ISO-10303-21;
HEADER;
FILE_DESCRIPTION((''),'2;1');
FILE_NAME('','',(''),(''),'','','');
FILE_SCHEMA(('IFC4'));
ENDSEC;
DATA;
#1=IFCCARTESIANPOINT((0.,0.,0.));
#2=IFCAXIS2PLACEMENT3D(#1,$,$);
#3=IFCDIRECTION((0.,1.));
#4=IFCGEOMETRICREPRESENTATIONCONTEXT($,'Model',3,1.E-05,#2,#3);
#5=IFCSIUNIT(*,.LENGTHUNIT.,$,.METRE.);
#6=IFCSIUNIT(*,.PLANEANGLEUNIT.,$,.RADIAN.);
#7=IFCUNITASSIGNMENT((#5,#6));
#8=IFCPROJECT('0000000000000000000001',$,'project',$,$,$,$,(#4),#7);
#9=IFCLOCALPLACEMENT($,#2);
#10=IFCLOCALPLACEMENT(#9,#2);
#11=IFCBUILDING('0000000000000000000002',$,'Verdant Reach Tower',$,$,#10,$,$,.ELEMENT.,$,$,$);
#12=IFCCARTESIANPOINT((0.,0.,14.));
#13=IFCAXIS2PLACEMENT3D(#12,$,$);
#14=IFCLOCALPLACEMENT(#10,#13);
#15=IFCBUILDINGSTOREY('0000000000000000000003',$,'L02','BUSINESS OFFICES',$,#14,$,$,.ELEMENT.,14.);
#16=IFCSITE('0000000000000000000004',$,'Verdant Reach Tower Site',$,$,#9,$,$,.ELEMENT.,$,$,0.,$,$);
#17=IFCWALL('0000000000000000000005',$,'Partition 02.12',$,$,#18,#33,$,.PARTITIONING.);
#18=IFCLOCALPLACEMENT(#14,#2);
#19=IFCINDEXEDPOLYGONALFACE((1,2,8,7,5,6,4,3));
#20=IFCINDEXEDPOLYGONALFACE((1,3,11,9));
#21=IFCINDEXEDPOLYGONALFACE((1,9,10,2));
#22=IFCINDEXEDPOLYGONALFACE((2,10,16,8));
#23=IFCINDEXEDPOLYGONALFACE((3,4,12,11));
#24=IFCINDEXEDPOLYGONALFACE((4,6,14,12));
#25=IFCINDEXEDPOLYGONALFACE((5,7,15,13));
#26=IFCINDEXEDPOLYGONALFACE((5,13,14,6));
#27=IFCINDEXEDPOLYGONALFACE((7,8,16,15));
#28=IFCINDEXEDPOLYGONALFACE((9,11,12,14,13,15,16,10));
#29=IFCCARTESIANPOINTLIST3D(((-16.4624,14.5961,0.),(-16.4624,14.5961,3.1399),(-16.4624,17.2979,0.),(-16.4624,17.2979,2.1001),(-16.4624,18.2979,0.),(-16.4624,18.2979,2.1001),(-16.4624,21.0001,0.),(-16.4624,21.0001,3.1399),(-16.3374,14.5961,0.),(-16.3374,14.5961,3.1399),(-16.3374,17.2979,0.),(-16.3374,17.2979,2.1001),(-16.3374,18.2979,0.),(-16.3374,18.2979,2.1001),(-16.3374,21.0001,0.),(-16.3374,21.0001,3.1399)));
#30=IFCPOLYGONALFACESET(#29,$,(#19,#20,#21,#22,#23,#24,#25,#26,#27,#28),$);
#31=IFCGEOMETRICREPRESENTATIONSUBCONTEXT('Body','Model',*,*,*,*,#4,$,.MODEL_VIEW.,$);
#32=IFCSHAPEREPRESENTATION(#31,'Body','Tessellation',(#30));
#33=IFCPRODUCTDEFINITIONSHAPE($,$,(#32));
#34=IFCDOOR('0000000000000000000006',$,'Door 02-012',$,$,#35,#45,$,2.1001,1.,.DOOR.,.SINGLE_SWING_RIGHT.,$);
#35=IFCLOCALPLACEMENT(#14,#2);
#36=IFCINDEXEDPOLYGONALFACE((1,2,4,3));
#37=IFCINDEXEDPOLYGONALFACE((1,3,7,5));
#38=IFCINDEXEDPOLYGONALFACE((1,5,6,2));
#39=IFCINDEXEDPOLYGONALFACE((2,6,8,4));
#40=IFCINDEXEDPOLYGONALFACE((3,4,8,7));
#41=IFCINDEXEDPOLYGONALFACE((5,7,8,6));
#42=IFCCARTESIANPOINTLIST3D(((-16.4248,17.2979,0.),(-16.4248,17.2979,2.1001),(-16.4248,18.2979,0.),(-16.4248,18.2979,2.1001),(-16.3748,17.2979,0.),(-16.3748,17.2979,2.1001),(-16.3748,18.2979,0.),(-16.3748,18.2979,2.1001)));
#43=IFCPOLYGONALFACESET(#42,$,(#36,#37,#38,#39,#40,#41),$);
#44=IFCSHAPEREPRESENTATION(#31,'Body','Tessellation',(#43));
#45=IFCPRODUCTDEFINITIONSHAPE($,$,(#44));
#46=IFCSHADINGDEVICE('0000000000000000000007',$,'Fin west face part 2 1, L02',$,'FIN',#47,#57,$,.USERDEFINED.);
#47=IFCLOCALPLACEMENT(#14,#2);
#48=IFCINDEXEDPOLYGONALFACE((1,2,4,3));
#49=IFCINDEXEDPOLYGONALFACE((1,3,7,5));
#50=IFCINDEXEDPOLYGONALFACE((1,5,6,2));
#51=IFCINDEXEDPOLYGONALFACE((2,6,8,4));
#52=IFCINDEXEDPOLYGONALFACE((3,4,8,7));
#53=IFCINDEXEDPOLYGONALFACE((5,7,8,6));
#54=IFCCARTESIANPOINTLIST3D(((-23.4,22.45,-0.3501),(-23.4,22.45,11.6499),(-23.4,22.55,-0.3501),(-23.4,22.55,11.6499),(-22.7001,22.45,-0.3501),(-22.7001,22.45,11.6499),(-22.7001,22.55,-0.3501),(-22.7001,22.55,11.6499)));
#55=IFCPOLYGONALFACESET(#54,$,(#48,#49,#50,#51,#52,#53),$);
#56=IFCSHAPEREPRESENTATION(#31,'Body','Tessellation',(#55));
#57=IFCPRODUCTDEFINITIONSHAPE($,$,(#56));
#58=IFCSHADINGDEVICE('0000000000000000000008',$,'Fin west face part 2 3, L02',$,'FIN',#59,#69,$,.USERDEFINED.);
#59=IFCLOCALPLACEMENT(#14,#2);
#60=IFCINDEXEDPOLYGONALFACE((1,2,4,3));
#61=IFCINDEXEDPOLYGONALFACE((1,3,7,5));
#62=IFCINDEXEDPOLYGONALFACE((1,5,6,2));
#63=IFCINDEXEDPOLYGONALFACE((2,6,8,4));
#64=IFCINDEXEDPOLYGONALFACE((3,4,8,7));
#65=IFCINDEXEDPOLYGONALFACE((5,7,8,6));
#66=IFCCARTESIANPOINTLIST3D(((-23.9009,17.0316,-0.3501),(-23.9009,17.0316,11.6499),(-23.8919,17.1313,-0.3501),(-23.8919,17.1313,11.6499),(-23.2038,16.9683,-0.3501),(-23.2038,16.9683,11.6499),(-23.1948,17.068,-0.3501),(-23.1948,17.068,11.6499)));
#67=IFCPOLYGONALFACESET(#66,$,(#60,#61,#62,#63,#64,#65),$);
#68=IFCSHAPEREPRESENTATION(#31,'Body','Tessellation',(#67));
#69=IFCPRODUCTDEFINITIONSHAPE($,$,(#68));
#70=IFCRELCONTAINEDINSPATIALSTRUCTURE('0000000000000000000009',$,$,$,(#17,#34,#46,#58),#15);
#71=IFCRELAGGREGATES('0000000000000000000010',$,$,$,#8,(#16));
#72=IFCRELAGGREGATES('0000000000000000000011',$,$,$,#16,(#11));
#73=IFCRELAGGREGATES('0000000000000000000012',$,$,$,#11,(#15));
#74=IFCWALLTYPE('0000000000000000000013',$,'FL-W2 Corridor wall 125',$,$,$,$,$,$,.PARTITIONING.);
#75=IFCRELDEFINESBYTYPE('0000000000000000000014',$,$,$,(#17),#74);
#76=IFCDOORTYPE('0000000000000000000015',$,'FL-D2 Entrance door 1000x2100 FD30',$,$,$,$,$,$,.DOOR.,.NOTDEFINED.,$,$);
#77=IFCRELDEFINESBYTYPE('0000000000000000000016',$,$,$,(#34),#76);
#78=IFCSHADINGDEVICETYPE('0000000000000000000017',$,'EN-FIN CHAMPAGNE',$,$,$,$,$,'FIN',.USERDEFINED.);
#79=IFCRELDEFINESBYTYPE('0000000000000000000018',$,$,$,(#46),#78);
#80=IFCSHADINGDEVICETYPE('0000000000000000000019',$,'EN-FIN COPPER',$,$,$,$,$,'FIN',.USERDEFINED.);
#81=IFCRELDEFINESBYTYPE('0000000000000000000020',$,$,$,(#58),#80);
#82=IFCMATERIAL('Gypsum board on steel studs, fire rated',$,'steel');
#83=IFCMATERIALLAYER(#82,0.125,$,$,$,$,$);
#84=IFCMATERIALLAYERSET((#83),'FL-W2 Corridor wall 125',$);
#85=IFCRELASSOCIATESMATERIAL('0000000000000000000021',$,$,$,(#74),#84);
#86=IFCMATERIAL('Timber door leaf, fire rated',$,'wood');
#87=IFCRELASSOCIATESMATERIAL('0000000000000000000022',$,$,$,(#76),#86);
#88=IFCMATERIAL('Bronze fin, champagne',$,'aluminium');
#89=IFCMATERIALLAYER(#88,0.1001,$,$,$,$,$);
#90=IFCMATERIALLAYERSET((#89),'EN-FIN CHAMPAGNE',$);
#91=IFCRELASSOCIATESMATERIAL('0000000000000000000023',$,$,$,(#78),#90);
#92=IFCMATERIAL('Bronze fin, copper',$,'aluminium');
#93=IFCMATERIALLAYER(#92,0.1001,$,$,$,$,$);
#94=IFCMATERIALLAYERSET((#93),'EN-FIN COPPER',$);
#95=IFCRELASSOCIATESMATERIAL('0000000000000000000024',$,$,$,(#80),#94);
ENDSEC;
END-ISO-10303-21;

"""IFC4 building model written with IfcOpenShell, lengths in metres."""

from ifc_helpers import new_model, si_unit, direction, frame, frame_2d, origin, origin_2d, place, context, subcontext, project, spatial, rectangle, extrude, material, layer, layer_set, type_object, element, fill, save


model = new_model("IFC4")

# Units and contexts
model_context = context("Model", 3, precision=1e-05, world=origin(), true_north=direction((0.0, 1.0)))
body_context = subcontext(model_context, "Body", "Model", "MODEL_VIEW")
ifc_project = project(units=[si_unit("LENGTHUNIT", "METRE"), si_unit("PLANEANGLEUNIT", "RADIAN")], contexts=[model_context])

# Site, building, storey
site_placement = place(None, origin())
site = spatial("IfcSite", under=ifc_project, at=site_placement, Name="Verdant Reach Tower Site", CompositionType="ELEMENT", RefElevation=0.0)
building_placement = place(site_placement, origin())
building = spatial("IfcBuilding", under=site, at=building_placement, Name="Verdant Reach Tower", CompositionType="ELEMENT")
storey_placement = place(building_placement, frame((0.0, 0.0, 14.0)))
storey = spatial("IfcBuildingStorey", under=building, at=storey_placement, Name="L02", Description="BUSINESS OFFICES", CompositionType="ELEMENT", Elevation=14.0)

# Wall, opening, door
ifc_material_1 = material(Name="Gypsum board on steel studs, fire rated", Category="steel")
ifc_layer_1 = layer(ifc_material_1, 0.125)
ifc_layer_set_1 = layer_set([ifc_layer_1], Name="FL-W2 Corridor wall 125")
wall_type_1 = type_object("IfcWallType", Name="FL-W2 Corridor wall 125", PredefinedType="PARTITIONING", material=ifc_layer_set_1)
wall_1_placement = place(storey_placement, frame((-16.3999, 14.5959, 0.0), z_axis=(0.0, 0.0, 1.0), x_axis=(0.0, 1.0, 0.0)))
wall_1 = element("IfcWall", 1, at=wall_1_placement, inside=storey, type_object=wall_type_1, Name="Partition 02.12", PredefinedType="PARTITIONING", context=body_context, shape_type="SweptSolid", body=[
    extrude(rectangle(XDim=6.4041, YDim=0.125, at=frame_2d((3.2021, 0.0))), origin(), (0.0, 0.0, 1.0), 3.1399),
])
opening_placement = place(wall_1_placement, frame((2.7019, 0.0, 0.0)))
opening = element("IfcOpeningElement", 2, at=opening_placement, cuts=wall_1, PredefinedType="OPENING", context=body_context, shape_type="SweptSolid", body=[
    extrude(rectangle(XDim=1.0, YDim=2.1001, at=frame_2d((0.5, 1.05))), frame((0.0, 0.0725, 0.0), z_axis=(0.0, -1.0, 0.0), x_axis=(1.0, 0.0, 0.0)), (0.0, 0.0, 1.0), 0.145),
])
ifc_material_2 = material(Name="Timber door leaf, fire rated", Category="wood")
door_type = type_object("IfcDoorType", Name="FL-D2 Entrance door 1000x2100 FD30", OperationType="NOTDEFINED", PredefinedType="DOOR", material=ifc_material_2)
door_placement = place(opening_placement, origin())
door = element("IfcDoor", 3, at=door_placement, inside=storey, type_object=door_type, Name="Door 02-012", OperationType="SINGLE_SWING_RIGHT", OverallHeight=2.1001, OverallWidth=1.0, PredefinedType="DOOR", context=body_context, shape_type="SweptSolid", body=[
    extrude(rectangle(XDim=1.0, YDim=2.1001, at=frame_2d((0.5, 1.05))), frame((0.0, 0.0249, 0.0), z_axis=(0.0, -1.0, 0.0), x_axis=(1.0, 0.0, 0.0)), (0.0, 0.0, 1.0), 0.05),
])
fill(opening, door)

# Shading devices
ifc_material_3 = material(Name="Bronze fin, champagne", Category="aluminium")
ifc_layer_2 = layer(ifc_material_3, 0.1001)
ifc_layer_set_2 = layer_set([ifc_layer_2], Name="EN-FIN CHAMPAGNE")
shading_device_type_1 = type_object("IfcShadingDeviceType", Name="EN-FIN CHAMPAGNE", ElementType="FIN", PredefinedType="USERDEFINED", material=ifc_layer_set_2)
shading_device_1_placement = place(storey_placement, frame((-23.05, 22.5, -0.3501), z_axis=(0.0, 0.0, 1.0), x_axis=(0.0, -1.0, 0.0)))
element("IfcShadingDevice", 4, at=shading_device_1_placement, inside=storey, type_object=shading_device_type_1, Name="Fin west face part 2 1, L02", ObjectType="FIN", PredefinedType="USERDEFINED", context=body_context, shape_type="SweptSolid", body=[
    extrude(rectangle(XDim=0.1001, YDim=0.7, at=origin_2d()), origin(), (0.0, 0.0, 1.0), 12.0),
])
ifc_material_4 = material(Name="Bronze fin, copper", Category="aluminium")
ifc_layer_3 = layer(ifc_material_4, 0.1001)
ifc_layer_set_3 = layer_set([ifc_layer_3], Name="EN-FIN COPPER")
shading_device_type_2 = type_object("IfcShadingDeviceType", Name="EN-FIN COPPER", ElementType="FIN", PredefinedType="USERDEFINED", material=ifc_layer_set_3)
shading_device_2_placement = place(storey_placement, frame((-23.5479, 17.0498, -0.3501), z_axis=(0.0, 0.0, 1.0), x_axis=(-0.090536, -0.995893, 0.0)))
element("IfcShadingDevice", 5, at=shading_device_2_placement, inside=storey, type_object=shading_device_type_2, Name="Fin west face part 2 3, L02", ObjectType="FIN", PredefinedType="USERDEFINED", context=body_context, shape_type="SweptSolid", body=[
    extrude(rectangle(XDim=0.1001, YDim=0.7, at=origin_2d()), origin(), (0.0, 0.0, 1.0), 12.0),
])

save(model, "model.ifc")
